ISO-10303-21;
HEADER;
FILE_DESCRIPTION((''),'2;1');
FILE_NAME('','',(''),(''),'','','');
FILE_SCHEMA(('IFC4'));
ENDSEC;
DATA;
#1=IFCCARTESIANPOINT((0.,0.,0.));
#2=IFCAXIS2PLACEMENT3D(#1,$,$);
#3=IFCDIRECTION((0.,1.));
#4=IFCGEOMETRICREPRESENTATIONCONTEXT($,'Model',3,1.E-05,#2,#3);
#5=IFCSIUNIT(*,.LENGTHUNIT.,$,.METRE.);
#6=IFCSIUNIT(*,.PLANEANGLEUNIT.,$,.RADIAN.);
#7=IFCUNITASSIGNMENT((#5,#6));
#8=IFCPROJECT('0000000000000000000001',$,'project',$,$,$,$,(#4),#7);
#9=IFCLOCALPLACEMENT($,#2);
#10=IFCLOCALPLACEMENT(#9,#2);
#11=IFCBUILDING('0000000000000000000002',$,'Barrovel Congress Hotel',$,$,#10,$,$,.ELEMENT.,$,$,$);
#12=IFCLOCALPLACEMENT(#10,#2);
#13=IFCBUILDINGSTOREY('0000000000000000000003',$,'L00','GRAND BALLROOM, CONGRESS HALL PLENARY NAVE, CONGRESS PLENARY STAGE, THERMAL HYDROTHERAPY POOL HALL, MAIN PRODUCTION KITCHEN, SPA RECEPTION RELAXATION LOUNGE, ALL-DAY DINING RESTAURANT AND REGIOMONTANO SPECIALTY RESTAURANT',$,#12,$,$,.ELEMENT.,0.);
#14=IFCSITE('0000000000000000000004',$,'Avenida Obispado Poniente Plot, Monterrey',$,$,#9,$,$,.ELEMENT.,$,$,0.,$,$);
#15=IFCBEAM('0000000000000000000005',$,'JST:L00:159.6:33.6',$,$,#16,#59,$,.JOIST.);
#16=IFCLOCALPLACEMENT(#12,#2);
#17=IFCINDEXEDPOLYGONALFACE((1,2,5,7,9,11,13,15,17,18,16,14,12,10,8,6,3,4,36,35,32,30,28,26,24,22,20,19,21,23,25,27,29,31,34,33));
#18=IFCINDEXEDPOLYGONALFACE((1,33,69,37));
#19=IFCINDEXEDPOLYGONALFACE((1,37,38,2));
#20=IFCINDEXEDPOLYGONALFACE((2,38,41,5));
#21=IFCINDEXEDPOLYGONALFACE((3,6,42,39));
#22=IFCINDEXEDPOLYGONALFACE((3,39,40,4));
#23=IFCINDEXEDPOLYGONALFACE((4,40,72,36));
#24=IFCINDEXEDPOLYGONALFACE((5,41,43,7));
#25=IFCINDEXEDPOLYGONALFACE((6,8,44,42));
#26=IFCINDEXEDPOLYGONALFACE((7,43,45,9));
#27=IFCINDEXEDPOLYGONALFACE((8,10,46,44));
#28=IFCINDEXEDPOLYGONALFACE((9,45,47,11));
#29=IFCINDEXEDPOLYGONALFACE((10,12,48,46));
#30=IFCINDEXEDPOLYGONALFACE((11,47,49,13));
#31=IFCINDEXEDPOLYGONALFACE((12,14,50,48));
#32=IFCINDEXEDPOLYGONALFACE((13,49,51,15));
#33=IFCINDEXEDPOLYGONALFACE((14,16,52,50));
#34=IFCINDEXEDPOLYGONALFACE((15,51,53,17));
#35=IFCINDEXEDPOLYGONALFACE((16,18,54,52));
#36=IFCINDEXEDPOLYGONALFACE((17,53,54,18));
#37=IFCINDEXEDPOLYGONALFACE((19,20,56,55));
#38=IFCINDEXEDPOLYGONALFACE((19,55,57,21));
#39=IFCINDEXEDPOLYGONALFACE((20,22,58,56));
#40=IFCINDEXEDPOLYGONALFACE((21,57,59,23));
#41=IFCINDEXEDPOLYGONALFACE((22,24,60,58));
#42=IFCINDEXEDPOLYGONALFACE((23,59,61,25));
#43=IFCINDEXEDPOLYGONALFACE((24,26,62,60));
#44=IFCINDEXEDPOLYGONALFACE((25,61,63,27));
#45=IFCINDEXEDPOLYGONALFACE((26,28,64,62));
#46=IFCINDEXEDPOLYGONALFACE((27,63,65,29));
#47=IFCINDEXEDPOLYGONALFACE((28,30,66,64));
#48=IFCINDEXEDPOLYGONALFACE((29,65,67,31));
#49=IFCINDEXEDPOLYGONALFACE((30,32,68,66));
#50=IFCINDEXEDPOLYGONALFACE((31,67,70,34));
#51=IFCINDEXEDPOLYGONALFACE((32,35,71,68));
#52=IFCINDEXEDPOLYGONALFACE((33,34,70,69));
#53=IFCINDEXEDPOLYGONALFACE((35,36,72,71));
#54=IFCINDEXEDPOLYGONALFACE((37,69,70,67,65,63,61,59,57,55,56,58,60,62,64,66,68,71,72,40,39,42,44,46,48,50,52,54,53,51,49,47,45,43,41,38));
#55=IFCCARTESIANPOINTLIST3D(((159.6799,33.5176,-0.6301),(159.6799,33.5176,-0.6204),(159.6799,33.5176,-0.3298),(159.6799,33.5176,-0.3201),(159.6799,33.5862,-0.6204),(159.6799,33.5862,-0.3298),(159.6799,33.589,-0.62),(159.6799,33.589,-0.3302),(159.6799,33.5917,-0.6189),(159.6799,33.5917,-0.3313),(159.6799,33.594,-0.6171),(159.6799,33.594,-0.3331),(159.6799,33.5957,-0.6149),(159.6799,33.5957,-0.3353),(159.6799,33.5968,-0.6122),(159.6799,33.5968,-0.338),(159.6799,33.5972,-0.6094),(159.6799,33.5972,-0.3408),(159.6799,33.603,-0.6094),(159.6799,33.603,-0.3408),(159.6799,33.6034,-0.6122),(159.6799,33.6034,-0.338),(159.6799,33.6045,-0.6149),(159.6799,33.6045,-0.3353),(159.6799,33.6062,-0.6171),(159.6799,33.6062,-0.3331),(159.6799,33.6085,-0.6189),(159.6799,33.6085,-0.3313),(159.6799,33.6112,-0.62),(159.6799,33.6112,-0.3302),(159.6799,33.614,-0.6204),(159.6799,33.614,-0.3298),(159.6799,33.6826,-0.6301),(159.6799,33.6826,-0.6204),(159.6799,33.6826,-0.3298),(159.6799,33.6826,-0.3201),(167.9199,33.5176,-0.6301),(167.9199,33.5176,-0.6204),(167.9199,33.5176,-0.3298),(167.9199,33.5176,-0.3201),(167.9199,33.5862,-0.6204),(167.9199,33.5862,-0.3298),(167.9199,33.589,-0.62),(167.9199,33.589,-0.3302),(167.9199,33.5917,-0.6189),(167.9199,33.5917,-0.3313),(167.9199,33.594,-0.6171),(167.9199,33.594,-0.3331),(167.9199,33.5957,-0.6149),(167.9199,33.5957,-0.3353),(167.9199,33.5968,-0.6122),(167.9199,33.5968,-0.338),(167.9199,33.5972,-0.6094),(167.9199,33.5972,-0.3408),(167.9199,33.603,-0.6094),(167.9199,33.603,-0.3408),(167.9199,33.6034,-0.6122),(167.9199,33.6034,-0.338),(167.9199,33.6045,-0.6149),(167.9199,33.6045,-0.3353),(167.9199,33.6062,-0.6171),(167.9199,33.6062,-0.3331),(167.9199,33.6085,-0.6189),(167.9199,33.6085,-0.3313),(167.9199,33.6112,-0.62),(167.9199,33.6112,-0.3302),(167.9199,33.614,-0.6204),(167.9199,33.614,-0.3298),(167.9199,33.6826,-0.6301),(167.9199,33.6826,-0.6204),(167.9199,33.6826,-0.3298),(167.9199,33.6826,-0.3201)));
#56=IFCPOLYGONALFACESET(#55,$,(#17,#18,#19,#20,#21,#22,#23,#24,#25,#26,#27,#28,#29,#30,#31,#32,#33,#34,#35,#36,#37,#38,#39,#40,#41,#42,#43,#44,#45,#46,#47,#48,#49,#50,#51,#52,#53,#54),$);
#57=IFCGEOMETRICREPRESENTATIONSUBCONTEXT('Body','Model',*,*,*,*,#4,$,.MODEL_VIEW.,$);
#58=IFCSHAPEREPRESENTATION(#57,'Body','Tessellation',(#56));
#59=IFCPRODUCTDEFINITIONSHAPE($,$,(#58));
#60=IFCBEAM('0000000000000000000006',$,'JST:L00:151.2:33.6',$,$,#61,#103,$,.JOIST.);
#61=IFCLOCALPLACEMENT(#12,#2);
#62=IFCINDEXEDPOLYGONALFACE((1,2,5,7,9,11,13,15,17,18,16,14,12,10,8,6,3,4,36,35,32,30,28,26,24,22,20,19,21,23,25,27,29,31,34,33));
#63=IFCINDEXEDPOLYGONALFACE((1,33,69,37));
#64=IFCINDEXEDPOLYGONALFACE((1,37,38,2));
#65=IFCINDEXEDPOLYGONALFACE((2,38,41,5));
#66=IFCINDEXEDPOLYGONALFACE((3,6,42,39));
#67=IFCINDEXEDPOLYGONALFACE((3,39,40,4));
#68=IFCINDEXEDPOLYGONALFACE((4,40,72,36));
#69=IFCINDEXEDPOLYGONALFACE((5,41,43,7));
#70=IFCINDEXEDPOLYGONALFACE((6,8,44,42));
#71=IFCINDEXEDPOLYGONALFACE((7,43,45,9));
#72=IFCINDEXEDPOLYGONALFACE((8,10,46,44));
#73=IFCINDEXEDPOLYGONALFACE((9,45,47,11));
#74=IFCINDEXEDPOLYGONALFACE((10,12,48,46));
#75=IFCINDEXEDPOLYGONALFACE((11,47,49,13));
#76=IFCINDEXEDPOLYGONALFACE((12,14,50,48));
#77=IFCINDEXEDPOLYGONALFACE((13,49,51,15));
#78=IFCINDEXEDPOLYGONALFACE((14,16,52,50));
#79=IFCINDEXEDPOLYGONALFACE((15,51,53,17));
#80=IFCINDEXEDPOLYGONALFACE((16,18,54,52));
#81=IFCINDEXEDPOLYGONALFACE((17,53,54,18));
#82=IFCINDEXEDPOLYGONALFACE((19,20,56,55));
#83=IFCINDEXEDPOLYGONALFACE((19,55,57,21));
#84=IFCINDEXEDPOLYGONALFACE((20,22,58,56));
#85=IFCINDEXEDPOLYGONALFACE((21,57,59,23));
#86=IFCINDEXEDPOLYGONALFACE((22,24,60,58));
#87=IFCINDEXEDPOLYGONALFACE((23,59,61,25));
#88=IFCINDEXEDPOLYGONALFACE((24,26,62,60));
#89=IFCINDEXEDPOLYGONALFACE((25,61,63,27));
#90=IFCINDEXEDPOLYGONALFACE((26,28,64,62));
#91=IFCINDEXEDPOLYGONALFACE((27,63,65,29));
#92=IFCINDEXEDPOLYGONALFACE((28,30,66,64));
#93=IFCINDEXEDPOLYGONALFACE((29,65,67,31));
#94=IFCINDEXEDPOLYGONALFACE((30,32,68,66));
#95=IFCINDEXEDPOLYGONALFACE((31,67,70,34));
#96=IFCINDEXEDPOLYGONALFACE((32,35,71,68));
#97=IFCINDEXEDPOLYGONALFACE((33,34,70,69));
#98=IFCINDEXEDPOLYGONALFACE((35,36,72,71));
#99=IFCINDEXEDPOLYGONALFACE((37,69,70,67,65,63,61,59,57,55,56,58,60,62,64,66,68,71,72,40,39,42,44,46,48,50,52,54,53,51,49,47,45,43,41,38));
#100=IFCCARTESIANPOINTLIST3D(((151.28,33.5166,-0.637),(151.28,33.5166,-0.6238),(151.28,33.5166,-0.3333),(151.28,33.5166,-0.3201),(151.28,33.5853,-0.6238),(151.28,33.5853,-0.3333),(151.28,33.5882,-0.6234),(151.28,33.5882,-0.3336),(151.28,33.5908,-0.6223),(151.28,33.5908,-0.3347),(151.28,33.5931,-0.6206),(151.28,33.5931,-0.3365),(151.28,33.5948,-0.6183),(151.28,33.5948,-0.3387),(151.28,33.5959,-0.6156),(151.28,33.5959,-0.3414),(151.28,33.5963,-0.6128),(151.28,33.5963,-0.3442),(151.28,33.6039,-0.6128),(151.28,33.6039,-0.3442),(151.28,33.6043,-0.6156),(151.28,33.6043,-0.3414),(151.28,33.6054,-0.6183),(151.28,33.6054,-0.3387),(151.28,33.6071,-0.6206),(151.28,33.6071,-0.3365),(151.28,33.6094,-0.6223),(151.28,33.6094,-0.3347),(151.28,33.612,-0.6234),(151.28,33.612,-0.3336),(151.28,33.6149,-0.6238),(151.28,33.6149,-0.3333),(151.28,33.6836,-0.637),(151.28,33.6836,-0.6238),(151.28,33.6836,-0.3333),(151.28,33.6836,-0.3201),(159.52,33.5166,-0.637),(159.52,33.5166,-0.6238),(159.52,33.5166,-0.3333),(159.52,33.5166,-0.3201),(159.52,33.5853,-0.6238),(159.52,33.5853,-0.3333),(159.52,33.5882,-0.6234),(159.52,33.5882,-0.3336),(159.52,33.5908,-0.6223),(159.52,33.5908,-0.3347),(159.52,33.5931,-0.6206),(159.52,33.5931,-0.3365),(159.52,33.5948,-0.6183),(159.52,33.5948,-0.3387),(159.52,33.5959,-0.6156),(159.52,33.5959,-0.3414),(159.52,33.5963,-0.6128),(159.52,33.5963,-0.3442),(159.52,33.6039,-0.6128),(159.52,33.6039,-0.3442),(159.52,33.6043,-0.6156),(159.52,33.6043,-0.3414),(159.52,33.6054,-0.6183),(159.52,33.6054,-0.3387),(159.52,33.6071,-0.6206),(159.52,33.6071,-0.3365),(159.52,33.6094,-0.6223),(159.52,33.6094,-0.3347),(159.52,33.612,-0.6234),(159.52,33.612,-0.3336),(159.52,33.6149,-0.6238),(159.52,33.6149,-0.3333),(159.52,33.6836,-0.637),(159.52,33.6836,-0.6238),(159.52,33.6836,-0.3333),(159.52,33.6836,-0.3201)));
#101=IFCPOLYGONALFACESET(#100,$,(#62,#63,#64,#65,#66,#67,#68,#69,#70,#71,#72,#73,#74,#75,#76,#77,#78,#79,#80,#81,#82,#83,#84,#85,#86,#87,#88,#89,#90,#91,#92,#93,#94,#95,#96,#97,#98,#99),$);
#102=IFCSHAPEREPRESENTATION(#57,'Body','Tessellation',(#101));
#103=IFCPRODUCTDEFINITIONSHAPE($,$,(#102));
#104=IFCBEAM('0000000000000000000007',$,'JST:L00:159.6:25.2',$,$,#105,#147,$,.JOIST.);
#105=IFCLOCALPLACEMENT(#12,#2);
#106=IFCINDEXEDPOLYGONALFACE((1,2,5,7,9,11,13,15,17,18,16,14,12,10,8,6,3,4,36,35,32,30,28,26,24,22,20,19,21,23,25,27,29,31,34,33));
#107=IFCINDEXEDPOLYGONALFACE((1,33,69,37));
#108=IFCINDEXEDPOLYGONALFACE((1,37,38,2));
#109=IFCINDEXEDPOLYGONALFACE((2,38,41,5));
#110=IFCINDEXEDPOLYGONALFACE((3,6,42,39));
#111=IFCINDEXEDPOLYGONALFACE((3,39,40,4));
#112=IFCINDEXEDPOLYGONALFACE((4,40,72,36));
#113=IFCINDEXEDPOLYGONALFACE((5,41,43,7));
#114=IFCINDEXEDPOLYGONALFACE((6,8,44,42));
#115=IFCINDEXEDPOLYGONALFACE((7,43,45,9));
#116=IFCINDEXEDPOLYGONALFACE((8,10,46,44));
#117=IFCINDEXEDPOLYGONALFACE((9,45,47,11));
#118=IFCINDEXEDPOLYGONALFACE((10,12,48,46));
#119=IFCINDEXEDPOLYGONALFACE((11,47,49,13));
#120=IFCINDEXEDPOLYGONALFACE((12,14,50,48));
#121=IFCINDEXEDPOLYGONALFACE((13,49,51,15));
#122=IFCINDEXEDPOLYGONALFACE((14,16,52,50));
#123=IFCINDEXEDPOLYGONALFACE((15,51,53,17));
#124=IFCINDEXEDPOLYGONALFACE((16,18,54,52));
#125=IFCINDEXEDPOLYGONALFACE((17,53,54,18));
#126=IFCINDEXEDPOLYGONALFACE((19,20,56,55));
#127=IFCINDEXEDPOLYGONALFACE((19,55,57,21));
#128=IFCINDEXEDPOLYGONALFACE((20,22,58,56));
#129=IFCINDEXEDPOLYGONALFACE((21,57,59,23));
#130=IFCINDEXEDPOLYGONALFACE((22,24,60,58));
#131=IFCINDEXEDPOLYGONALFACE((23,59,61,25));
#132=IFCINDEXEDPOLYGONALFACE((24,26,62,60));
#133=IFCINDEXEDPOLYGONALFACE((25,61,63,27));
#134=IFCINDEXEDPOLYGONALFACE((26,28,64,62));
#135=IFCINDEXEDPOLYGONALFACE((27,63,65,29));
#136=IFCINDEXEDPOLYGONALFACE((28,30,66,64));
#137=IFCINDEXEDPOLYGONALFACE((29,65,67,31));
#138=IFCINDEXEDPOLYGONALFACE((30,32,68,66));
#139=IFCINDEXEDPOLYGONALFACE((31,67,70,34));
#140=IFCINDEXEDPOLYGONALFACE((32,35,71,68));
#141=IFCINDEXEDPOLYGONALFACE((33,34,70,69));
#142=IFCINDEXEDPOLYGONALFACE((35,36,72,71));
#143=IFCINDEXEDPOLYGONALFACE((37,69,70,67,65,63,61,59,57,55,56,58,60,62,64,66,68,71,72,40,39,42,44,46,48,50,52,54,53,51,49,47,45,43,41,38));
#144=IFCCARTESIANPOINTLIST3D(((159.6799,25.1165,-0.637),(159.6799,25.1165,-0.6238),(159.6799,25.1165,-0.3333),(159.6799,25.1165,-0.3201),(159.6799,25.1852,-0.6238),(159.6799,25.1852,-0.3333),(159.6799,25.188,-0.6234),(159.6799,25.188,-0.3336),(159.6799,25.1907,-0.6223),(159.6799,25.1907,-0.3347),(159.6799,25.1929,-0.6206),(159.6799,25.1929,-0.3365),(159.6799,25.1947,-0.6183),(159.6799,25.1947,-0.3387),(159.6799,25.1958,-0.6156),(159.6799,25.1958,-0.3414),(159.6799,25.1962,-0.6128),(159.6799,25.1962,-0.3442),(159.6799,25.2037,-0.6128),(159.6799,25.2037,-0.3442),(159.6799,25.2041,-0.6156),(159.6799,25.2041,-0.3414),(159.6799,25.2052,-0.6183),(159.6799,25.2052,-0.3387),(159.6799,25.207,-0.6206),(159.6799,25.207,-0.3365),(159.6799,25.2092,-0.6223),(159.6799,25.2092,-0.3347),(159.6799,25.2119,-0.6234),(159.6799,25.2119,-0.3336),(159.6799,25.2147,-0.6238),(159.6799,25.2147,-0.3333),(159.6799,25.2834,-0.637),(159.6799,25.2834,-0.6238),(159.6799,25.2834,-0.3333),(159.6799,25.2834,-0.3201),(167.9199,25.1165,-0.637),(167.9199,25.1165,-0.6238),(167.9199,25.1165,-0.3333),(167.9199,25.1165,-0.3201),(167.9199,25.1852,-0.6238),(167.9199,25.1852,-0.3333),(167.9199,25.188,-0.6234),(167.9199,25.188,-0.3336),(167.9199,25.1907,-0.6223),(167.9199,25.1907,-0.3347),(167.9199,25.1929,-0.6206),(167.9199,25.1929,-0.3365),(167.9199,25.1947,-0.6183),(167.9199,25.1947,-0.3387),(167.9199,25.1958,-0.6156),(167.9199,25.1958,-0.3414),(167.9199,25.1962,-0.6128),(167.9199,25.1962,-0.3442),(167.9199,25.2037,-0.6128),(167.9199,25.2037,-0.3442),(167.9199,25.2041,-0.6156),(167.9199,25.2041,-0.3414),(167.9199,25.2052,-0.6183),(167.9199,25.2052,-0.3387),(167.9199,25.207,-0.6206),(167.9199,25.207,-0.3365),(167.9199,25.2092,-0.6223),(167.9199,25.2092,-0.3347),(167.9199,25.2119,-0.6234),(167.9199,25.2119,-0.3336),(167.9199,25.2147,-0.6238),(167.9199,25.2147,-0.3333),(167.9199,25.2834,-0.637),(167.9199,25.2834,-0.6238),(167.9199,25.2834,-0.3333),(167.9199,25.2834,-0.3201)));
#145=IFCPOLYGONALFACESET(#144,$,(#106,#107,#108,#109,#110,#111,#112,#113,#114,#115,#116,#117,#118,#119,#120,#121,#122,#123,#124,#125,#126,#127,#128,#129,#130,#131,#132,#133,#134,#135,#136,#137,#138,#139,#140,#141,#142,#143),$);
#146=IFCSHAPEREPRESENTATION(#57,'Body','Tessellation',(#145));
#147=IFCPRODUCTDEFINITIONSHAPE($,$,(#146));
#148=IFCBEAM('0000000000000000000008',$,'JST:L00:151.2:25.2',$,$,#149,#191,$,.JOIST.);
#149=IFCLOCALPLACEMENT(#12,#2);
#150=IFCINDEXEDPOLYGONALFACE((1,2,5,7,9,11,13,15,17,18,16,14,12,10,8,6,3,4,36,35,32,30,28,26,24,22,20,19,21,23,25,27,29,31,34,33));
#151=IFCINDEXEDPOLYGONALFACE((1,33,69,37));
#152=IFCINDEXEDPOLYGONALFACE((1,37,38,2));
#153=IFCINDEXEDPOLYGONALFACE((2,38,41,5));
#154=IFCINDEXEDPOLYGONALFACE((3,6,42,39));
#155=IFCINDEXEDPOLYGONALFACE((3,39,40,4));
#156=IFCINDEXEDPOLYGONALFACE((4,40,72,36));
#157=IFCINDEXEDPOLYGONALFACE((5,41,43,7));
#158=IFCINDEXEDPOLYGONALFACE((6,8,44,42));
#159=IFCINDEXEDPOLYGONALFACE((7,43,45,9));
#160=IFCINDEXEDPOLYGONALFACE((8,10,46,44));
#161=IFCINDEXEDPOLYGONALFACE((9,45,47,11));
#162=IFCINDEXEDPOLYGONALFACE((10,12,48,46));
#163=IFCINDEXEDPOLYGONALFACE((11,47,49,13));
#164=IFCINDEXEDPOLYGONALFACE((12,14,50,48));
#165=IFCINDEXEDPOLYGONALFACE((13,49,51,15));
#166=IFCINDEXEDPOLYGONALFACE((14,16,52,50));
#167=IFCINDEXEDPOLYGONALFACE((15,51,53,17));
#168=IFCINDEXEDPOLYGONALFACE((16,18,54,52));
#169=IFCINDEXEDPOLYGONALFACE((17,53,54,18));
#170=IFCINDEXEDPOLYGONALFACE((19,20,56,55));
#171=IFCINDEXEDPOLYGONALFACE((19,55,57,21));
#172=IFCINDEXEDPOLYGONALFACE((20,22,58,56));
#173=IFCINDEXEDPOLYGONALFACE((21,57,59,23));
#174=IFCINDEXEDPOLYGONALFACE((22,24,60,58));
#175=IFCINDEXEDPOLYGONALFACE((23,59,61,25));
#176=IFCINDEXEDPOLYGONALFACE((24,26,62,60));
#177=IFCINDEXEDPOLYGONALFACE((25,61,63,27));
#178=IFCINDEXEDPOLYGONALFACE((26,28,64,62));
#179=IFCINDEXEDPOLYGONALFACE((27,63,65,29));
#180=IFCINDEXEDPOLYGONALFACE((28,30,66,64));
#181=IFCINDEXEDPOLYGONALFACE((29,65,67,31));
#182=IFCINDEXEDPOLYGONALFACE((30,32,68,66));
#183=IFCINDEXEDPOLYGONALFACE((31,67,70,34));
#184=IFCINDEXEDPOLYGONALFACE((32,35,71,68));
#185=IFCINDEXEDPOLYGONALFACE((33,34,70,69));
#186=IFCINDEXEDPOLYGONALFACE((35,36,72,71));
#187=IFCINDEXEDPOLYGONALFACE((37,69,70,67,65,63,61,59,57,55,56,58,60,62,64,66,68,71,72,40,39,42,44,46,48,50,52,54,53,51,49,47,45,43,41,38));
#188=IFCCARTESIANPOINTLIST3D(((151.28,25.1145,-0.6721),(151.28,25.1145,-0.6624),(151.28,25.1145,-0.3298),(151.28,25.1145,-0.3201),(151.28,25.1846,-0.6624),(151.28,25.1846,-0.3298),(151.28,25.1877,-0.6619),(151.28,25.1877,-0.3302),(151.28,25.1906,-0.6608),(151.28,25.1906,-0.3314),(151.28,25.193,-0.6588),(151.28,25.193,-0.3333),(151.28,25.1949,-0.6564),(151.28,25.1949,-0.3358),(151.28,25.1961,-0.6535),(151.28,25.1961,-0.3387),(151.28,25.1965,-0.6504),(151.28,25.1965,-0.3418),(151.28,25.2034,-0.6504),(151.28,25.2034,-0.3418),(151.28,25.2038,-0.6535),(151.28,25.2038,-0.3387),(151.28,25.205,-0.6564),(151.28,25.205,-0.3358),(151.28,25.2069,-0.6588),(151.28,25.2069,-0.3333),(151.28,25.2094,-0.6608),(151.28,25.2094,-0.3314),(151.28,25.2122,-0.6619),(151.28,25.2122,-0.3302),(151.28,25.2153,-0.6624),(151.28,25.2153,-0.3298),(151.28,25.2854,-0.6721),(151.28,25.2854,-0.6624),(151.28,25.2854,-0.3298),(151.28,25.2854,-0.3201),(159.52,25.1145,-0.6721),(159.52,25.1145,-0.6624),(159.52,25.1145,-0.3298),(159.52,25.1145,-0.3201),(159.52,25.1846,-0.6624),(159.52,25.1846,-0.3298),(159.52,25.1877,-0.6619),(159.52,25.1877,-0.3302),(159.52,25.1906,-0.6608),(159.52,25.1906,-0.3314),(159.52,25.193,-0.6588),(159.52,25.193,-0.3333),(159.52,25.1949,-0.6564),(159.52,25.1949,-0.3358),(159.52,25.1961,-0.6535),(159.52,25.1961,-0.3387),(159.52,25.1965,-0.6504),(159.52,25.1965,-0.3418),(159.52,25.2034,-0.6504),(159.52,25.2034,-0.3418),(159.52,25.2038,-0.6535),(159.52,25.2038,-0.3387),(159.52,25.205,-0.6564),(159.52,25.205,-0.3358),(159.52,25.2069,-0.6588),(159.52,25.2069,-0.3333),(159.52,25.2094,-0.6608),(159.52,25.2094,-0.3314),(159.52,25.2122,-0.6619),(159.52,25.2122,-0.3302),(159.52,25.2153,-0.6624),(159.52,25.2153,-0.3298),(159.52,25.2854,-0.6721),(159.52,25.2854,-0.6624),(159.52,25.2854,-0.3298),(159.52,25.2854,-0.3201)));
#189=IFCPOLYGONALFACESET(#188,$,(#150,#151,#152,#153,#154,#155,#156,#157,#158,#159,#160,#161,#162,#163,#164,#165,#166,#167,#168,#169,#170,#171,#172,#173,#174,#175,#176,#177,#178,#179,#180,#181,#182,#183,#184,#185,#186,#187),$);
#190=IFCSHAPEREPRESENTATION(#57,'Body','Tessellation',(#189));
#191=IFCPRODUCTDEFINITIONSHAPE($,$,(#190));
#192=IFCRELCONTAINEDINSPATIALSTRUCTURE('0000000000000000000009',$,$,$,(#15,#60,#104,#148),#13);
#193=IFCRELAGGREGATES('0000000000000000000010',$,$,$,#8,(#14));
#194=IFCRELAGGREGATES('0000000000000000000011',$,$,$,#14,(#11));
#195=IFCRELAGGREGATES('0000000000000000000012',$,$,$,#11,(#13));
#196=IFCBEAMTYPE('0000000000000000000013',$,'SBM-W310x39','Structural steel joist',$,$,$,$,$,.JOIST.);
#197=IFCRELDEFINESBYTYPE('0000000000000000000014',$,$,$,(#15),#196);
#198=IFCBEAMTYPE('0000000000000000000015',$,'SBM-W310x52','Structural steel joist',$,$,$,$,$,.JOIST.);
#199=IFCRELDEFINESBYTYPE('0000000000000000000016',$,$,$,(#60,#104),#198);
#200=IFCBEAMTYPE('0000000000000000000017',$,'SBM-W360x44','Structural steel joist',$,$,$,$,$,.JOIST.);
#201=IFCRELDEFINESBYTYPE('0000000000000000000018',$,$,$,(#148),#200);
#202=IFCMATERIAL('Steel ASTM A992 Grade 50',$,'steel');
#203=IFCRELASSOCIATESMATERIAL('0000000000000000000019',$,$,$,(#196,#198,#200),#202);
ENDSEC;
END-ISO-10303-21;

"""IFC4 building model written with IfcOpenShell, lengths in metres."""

from ifc_helpers import new_model, si_unit, direction, frame, origin, origin_2d, place, context, subcontext, project, spatial, i_section, extrude, material, material_profile, profile_set, type_object, element, save


model = new_model("IFC4")

# Units and contexts
model_context = context("Model", 3, precision=1e-05, world=origin(), true_north=direction((0.0, 1.0)))
body_context = subcontext(model_context, "Body", "Model", "MODEL_VIEW")
ifc_project = project(units=[si_unit("LENGTHUNIT", "METRE"), si_unit("PLANEANGLEUNIT", "RADIAN")], contexts=[model_context])

# Site, building, storey
site_placement = place(None, origin())
site = spatial("IfcSite", under=ifc_project, at=site_placement, Name="Avenida Obispado Poniente Plot, Monterrey", CompositionType="ELEMENT", RefElevation=0.0)
building_placement = place(site_placement, origin())
building = spatial("IfcBuilding", under=site, at=building_placement, Name="Barrovel Congress Hotel", CompositionType="ELEMENT")
storey_placement = place(building_placement, origin())
storey = spatial("IfcBuildingStorey", under=building, at=storey_placement, Name="L00", Description="GRAND BALLROOM, CONGRESS HALL PLENARY NAVE, CONGRESS PLENARY STAGE, THERMAL HYDROTHERAPY POOL HALL, MAIN PRODUCTION KITCHEN, SPA RECEPTION RELAXATION LOUNGE, ALL-DAY DINING RESTAURANT AND REGIOMONTANO SPECIALTY RESTAURANT", CompositionType="ELEMENT", Elevation=0.0)

# Beams
ifc_material_1 = material(Name="Steel ASTM A992 Grade 50", Category="steel")
ifc_material_profile_1 = material_profile(ifc_material_1, i_section(OverallWidth=0.165, OverallDepth=0.3101, WebThickness=0.0059, FlangeThickness=0.0098, FilletRadius=0.011, at=origin_2d()), Name="W310x39")
ifc_profile_set_1 = profile_set([ifc_material_profile_1], Name="Steel ASTM A992 Grade 50")
beam_type_1 = type_object("IfcBeamType", Name="SBM-W310x39", Description="Structural steel joist", PredefinedType="JOIST", material=ifc_profile_set_1)
beam_1_placement = place(storey_placement, frame((159.6799, 33.6001, -0.4751), z_axis=(1.0, 0.0, 0.0), x_axis=(0.0, 1.0, 0.0)))
element("IfcBeam", 1, at=beam_1_placement, inside=storey, type_object=beam_type_1, Name="JST:L00:159.6:33.6", PredefinedType="JOIST", context=body_context, shape_type="SweptSolid", body=[
    extrude(i_section(OverallWidth=0.165, OverallDepth=0.3101, WebThickness=0.0059, FlangeThickness=0.0098, FilletRadius=0.011, at=origin_2d()), origin(), (0.0, 0.0, 1.0), 8.24),
])
ifc_material_profile_2 = material_profile(ifc_material_1, i_section(OverallWidth=0.167, OverallDepth=0.3169, WebThickness=0.0076, FlangeThickness=0.0132, FilletRadius=0.011, at=origin_2d()), Name="W310x52")
ifc_profile_set_2 = profile_set([ifc_material_profile_2], Name="Steel ASTM A992 Grade 50")
beam_type_2 = type_object("IfcBeamType", Name="SBM-W310x52", Description="Structural steel joist", PredefinedType="JOIST", material=ifc_profile_set_2)
for number, where, z_axis, x_axis, name in (
    (2, (151.28, 33.6001, -0.4785), (1.0, 0.0, 0.0), (0.0, 1.0, 0.0), "JST:L00:151.2:33.6"),
    (3, (159.6799, 25.2, -0.4785), (1.0, 0.0, 0.0), (0.0, 1.0, 0.0), "JST:L00:159.6:25.2"),
):
    element("IfcBeam", number, at=place(storey_placement, frame(where, z_axis=z_axis, x_axis=x_axis)), inside=storey, type_object=beam_type_2, Name=name, PredefinedType="JOIST", context=body_context, shape_type="SweptSolid", body=[
        extrude(i_section(OverallWidth=0.167, OverallDepth=0.3169, WebThickness=0.0076, FlangeThickness=0.0132, FilletRadius=0.011, at=origin_2d()), origin(), (0.0, 0.0, 1.0), 8.24),
    ])
ifc_material_profile_3 = material_profile(ifc_material_1, i_section(OverallWidth=0.1709, OverallDepth=0.3521, WebThickness=0.0068, FlangeThickness=0.0098, FilletRadius=0.012, at=origin_2d()), Name="W360x44")
ifc_profile_set_3 = profile_set([ifc_material_profile_3], Name="Steel ASTM A992 Grade 50")
beam_type_3 = type_object("IfcBeamType", Name="SBM-W360x44", Description="Structural steel joist", PredefinedType="JOIST", material=ifc_profile_set_3)
beam_2_placement = place(storey_placement, frame((151.28, 25.2, -0.4961), z_axis=(1.0, 0.0, 0.0), x_axis=(0.0, 1.0, 0.0)))
element("IfcBeam", 4, at=beam_2_placement, inside=storey, type_object=beam_type_3, Name="JST:L00:151.2:25.2", PredefinedType="JOIST", context=body_context, shape_type="SweptSolid", body=[
    extrude(i_section(OverallWidth=0.1709, OverallDepth=0.3521, WebThickness=0.0068, FlangeThickness=0.0098, FilletRadius=0.012, at=origin_2d()), origin(), (0.0, 0.0, 1.0), 8.24),
])

save(model, "model.ifc")
